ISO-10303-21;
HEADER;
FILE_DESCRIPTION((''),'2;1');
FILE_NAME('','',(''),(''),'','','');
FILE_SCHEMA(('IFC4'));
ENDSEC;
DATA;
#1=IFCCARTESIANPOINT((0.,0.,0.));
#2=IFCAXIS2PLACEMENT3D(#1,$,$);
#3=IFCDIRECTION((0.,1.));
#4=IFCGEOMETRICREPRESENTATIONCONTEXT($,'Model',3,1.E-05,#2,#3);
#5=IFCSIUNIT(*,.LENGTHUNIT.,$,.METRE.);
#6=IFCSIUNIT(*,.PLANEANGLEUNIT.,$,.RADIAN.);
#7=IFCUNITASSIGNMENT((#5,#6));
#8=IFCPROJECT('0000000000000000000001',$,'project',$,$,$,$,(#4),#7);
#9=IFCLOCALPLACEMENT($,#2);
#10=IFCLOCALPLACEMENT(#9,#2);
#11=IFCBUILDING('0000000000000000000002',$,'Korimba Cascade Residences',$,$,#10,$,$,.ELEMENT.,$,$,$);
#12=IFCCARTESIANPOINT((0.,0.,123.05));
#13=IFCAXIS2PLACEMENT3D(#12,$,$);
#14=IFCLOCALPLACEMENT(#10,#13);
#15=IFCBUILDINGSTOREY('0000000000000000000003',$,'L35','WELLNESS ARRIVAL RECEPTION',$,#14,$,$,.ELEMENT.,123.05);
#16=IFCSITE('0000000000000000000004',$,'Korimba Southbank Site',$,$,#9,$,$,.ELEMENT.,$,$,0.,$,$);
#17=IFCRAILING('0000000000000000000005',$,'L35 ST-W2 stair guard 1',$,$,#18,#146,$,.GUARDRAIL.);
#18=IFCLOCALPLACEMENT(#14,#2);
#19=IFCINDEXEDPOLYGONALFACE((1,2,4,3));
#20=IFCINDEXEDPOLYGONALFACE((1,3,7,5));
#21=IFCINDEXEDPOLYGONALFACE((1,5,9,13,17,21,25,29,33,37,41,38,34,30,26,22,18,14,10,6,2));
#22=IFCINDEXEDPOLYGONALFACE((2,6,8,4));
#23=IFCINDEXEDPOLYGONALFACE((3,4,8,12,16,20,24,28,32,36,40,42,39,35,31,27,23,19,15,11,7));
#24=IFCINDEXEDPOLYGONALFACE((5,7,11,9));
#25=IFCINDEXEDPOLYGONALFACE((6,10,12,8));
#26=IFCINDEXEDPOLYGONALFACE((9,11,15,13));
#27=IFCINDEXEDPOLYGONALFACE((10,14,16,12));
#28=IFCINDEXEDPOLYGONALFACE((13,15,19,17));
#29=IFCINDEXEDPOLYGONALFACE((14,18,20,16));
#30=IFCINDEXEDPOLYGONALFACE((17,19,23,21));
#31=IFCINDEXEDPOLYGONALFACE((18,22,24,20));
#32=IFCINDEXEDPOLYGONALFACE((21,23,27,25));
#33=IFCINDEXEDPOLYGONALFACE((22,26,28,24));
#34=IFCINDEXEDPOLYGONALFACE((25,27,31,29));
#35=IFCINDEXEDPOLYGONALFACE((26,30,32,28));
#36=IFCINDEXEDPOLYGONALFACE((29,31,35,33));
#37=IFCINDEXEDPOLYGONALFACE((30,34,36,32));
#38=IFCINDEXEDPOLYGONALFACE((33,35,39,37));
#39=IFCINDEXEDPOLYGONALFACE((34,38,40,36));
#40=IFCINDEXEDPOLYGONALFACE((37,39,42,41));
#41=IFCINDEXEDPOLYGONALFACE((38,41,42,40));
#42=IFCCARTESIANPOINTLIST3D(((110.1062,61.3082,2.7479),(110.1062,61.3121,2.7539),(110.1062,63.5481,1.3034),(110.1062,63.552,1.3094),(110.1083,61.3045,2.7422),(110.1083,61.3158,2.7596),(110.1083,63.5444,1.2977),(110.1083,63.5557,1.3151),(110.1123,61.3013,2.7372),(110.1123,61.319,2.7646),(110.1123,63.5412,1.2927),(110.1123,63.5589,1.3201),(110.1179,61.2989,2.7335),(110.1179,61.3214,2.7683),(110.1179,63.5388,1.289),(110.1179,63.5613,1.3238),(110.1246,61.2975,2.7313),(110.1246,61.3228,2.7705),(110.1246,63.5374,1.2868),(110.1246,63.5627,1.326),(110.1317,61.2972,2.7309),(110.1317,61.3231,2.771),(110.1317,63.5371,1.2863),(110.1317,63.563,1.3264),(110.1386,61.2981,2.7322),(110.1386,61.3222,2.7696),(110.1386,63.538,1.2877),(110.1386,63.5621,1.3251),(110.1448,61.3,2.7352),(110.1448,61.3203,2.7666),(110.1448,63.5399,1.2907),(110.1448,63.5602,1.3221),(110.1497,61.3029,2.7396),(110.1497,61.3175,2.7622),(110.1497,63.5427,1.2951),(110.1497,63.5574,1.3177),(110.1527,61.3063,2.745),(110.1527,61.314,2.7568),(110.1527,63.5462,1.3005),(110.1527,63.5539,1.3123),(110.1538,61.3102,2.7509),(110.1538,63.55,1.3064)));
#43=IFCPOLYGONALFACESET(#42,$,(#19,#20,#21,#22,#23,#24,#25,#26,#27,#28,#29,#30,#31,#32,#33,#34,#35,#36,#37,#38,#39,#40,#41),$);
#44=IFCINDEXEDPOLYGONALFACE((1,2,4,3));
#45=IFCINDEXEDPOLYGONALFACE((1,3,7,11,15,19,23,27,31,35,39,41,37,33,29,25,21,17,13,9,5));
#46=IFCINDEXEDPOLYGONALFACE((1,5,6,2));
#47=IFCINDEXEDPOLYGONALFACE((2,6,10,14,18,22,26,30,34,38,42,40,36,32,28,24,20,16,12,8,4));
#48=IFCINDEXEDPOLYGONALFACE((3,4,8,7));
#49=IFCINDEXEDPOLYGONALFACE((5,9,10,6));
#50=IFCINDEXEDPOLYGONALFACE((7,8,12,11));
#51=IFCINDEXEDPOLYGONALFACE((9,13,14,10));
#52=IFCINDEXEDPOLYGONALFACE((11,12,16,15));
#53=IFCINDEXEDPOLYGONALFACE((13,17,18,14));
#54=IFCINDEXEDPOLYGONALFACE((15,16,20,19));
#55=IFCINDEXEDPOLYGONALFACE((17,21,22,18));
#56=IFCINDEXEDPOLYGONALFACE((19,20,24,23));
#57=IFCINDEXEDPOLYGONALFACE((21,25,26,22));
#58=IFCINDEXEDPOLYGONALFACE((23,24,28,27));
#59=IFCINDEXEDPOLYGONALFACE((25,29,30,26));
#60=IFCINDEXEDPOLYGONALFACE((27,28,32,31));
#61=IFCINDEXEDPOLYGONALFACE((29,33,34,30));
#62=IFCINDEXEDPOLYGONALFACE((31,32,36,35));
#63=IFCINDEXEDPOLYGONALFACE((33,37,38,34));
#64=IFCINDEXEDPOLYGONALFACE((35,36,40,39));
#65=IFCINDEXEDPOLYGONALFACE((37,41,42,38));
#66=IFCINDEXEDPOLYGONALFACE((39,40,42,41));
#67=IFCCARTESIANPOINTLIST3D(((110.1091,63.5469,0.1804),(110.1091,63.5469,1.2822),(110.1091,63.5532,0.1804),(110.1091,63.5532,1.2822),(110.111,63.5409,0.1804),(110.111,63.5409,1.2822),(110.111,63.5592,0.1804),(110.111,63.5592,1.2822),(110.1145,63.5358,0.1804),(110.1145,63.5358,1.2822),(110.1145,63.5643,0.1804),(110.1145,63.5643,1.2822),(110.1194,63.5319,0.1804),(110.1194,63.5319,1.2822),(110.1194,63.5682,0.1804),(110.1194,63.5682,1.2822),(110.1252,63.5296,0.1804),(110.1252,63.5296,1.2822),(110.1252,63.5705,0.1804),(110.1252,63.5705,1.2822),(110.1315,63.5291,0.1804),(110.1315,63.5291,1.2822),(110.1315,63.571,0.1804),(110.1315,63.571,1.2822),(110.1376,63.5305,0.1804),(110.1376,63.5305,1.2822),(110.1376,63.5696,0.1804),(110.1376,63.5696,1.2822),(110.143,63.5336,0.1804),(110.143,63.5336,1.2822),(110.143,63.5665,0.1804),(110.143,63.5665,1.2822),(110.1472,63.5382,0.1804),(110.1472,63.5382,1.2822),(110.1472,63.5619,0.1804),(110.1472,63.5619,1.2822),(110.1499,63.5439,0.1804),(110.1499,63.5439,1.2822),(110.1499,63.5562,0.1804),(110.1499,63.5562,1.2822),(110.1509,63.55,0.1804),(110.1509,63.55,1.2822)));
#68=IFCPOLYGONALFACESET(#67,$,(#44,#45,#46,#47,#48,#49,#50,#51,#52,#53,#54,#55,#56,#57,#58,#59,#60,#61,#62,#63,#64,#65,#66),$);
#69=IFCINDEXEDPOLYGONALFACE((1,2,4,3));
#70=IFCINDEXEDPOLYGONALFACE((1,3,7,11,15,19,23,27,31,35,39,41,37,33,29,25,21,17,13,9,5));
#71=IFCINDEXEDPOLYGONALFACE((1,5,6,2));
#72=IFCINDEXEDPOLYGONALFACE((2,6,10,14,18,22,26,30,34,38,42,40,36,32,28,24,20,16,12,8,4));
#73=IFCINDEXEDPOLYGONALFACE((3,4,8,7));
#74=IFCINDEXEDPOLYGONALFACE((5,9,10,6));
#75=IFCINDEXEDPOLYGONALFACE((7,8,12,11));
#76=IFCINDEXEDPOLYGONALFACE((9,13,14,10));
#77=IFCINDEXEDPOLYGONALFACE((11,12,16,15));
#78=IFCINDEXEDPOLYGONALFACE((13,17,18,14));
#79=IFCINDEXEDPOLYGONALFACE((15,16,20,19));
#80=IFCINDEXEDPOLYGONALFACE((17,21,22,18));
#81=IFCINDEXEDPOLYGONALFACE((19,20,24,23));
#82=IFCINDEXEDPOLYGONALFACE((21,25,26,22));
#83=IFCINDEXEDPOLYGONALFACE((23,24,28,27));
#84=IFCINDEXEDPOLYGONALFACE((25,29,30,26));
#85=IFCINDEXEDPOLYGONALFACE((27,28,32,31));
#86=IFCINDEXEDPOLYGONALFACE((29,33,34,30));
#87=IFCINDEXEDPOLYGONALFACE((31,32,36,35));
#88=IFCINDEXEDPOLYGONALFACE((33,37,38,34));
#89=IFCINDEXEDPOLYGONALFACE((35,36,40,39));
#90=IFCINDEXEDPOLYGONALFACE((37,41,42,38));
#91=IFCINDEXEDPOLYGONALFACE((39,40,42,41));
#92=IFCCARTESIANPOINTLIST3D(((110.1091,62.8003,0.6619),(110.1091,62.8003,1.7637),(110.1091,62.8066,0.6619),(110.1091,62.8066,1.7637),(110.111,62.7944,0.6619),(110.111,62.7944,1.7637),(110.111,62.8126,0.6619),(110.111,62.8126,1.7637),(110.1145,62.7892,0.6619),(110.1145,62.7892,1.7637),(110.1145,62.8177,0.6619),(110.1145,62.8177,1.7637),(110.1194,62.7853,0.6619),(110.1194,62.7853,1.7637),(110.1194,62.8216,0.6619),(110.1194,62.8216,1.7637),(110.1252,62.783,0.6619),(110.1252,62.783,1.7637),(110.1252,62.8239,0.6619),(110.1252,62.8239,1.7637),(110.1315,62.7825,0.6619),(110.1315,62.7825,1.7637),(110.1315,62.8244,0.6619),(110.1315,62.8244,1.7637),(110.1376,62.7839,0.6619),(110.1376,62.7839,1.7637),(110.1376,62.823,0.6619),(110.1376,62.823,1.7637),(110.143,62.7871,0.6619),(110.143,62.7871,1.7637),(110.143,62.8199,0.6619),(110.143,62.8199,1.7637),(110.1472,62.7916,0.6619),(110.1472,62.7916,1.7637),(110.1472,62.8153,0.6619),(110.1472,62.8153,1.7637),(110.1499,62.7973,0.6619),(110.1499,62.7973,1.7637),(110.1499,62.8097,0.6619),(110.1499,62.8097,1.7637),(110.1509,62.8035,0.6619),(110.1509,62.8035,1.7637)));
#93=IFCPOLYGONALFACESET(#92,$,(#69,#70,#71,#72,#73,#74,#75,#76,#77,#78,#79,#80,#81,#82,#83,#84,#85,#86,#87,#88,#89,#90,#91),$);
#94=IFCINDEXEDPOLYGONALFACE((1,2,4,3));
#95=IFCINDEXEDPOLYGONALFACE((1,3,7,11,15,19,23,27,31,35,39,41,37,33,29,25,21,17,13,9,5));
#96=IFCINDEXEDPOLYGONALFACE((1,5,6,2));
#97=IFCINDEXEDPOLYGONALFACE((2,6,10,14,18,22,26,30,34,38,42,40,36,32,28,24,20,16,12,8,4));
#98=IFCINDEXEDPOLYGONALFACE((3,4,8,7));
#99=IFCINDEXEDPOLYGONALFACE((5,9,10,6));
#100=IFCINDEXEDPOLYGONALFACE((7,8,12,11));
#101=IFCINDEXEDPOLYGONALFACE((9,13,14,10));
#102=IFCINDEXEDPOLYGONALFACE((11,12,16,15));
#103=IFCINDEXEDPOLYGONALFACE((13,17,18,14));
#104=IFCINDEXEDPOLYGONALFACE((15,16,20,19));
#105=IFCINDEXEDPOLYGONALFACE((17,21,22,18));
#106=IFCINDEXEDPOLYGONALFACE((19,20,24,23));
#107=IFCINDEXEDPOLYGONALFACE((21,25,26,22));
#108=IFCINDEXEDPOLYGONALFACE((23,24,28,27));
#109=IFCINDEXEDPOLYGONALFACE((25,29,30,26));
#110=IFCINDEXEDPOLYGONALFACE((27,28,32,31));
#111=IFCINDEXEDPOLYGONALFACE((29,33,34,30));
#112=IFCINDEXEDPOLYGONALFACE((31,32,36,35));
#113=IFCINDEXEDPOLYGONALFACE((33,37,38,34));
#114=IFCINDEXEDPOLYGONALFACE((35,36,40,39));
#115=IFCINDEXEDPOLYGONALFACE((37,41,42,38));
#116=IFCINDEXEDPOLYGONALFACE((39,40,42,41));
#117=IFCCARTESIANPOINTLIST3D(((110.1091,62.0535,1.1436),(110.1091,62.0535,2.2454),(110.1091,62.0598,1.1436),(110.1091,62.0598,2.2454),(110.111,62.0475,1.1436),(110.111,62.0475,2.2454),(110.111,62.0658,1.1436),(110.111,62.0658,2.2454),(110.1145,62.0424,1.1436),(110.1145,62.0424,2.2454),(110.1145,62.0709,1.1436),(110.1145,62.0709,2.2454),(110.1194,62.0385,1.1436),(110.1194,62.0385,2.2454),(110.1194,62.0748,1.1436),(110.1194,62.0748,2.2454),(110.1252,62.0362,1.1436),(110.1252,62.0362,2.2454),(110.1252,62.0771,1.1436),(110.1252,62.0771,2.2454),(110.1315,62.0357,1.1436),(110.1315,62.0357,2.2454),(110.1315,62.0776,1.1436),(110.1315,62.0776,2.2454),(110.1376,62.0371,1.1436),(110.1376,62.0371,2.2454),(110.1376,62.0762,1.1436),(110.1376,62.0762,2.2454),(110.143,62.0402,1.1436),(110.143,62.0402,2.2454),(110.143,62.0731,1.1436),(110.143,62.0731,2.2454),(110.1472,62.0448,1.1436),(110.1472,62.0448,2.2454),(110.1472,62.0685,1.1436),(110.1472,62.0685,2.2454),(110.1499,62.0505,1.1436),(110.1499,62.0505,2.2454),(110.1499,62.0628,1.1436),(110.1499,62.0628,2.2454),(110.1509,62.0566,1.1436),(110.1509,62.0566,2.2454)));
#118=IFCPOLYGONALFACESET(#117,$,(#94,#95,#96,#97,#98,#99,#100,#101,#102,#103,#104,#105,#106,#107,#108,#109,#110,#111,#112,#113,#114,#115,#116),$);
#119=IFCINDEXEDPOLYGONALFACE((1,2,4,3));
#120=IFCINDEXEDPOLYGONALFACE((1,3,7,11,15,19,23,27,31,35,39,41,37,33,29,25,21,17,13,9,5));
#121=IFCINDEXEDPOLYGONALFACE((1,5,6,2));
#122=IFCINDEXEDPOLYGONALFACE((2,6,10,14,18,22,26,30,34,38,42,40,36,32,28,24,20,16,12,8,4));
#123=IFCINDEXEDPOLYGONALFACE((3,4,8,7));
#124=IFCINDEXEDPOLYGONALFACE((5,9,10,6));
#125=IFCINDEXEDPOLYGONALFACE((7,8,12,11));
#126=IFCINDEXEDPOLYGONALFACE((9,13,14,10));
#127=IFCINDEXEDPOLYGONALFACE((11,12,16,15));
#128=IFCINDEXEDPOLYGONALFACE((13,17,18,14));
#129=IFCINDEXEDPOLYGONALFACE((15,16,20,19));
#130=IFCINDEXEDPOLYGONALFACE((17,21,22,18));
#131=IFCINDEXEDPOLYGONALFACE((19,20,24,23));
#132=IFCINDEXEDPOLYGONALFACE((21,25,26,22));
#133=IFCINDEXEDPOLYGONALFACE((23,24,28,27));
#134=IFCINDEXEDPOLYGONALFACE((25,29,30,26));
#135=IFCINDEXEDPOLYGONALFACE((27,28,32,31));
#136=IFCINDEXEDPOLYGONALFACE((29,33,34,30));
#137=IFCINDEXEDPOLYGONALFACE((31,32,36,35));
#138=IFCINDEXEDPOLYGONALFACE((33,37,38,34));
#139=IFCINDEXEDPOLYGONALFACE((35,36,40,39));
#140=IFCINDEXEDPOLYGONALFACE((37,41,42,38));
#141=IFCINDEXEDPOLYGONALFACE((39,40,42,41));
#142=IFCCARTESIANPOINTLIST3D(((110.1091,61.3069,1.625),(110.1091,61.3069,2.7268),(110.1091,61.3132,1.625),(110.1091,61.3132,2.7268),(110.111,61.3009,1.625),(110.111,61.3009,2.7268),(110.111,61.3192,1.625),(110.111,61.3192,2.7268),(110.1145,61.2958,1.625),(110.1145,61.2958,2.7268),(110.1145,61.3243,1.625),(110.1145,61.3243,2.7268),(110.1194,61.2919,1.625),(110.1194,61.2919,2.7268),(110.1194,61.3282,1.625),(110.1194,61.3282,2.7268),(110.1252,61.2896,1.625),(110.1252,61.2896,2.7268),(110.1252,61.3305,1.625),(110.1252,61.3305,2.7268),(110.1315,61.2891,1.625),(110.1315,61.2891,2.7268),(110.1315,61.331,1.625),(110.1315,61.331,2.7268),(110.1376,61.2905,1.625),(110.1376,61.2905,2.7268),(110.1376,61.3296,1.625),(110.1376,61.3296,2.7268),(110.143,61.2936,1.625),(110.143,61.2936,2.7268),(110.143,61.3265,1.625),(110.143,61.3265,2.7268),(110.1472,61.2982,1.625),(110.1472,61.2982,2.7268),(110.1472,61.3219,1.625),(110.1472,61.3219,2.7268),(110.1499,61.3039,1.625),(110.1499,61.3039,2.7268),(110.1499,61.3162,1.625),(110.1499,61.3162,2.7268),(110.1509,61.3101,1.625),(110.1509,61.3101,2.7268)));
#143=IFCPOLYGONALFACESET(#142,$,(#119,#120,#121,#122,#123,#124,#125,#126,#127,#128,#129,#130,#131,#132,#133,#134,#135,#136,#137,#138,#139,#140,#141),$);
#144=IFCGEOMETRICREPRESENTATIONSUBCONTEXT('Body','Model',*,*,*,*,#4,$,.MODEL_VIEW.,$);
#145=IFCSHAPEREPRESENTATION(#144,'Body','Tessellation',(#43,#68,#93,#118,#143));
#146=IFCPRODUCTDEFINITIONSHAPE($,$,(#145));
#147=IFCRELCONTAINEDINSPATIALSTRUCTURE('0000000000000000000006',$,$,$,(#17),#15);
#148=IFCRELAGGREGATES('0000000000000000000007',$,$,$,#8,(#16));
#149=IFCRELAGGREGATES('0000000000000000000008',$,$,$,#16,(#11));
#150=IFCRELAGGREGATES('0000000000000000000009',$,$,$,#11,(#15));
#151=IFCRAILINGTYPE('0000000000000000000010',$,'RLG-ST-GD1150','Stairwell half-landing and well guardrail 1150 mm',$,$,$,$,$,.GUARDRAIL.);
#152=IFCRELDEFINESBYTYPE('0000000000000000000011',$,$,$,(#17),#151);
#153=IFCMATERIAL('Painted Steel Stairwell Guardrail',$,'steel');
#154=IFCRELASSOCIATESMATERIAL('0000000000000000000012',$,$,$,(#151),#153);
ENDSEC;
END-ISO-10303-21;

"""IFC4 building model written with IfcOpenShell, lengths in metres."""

from ifc_helpers import new_model, si_unit, direction, frame, origin, origin_2d, place, context, subcontext, project, spatial, circle, extrude, material, type_object, element, save


model = new_model("IFC4")

# Units and contexts
model_context = context("Model", 3, precision=1e-05, world=origin(), true_north=direction((0.0, 1.0)))
body_context = subcontext(model_context, "Body", "Model", "MODEL_VIEW")
ifc_project = project(units=[si_unit("LENGTHUNIT", "METRE"), si_unit("PLANEANGLEUNIT", "RADIAN")], contexts=[model_context])

# Site, building, storey
site_placement = place(None, origin())
site = spatial("IfcSite", under=ifc_project, at=site_placement, Name="Korimba Southbank Site", CompositionType="ELEMENT", RefElevation=0.0)
building_placement = place(site_placement, origin())
building = spatial("IfcBuilding", under=site, at=building_placement, Name="Korimba Cascade Residences", CompositionType="ELEMENT")
storey_placement = place(building_placement, frame((0.0, 0.0, 123.05)))
storey = spatial("IfcBuildingStorey", under=building, at=storey_placement, Name="L35", Description="WELLNESS ARRIVAL RECEPTION", CompositionType="ELEMENT", Elevation=123.05)

# Railing
ifc_material_1 = material(Name="Painted Steel Stairwell Guardrail", Category="steel")
railing_type_1 = type_object("IfcRailingType", Name="RLG-ST-GD1150", Description="Stairwell half-landing and well guardrail 1150 mm", PredefinedType="GUARDRAIL", material=ifc_material_1)
railing_1_placement = place(storey_placement, frame((110.1299, 63.55, 0.1804)))
element("IfcRailing", 1, at=railing_1_placement, inside=storey, type_object=railing_type_1, Name="L35 ST-W2 stair guard 1", PredefinedType="GUARDRAIL", context=body_context, shape_type="SweptSolid", body=[
    extrude(circle(Radius=0.0239, at=origin_2d()), frame((0.0, 0.0, 1.126), z_axis=(0.0, -0.840395, 0.541975), x_axis=(1.0, 0.0, 0.0)), (0.0, 0.0, 1.0), 2.6653),
    extrude(circle(Radius=0.021, at=origin_2d()), origin(), (0.0, 0.0, 1.0), 1.1018),
    extrude(circle(Radius=0.021, at=origin_2d()), frame((0.0, -0.7466, 0.4814)), (0.0, 0.0, 1.0), 1.1018),
    extrude(circle(Radius=0.021, at=origin_2d()), frame((0.0, -1.4934, 0.9631)), (0.0, 0.0, 1.0), 1.1018),
    extrude(circle(Radius=0.021, at=origin_2d()), frame((0.0, -2.24, 1.4446)), (0.0, 0.0, 1.0), 1.1018),
])

save(model, "model.ifc")
